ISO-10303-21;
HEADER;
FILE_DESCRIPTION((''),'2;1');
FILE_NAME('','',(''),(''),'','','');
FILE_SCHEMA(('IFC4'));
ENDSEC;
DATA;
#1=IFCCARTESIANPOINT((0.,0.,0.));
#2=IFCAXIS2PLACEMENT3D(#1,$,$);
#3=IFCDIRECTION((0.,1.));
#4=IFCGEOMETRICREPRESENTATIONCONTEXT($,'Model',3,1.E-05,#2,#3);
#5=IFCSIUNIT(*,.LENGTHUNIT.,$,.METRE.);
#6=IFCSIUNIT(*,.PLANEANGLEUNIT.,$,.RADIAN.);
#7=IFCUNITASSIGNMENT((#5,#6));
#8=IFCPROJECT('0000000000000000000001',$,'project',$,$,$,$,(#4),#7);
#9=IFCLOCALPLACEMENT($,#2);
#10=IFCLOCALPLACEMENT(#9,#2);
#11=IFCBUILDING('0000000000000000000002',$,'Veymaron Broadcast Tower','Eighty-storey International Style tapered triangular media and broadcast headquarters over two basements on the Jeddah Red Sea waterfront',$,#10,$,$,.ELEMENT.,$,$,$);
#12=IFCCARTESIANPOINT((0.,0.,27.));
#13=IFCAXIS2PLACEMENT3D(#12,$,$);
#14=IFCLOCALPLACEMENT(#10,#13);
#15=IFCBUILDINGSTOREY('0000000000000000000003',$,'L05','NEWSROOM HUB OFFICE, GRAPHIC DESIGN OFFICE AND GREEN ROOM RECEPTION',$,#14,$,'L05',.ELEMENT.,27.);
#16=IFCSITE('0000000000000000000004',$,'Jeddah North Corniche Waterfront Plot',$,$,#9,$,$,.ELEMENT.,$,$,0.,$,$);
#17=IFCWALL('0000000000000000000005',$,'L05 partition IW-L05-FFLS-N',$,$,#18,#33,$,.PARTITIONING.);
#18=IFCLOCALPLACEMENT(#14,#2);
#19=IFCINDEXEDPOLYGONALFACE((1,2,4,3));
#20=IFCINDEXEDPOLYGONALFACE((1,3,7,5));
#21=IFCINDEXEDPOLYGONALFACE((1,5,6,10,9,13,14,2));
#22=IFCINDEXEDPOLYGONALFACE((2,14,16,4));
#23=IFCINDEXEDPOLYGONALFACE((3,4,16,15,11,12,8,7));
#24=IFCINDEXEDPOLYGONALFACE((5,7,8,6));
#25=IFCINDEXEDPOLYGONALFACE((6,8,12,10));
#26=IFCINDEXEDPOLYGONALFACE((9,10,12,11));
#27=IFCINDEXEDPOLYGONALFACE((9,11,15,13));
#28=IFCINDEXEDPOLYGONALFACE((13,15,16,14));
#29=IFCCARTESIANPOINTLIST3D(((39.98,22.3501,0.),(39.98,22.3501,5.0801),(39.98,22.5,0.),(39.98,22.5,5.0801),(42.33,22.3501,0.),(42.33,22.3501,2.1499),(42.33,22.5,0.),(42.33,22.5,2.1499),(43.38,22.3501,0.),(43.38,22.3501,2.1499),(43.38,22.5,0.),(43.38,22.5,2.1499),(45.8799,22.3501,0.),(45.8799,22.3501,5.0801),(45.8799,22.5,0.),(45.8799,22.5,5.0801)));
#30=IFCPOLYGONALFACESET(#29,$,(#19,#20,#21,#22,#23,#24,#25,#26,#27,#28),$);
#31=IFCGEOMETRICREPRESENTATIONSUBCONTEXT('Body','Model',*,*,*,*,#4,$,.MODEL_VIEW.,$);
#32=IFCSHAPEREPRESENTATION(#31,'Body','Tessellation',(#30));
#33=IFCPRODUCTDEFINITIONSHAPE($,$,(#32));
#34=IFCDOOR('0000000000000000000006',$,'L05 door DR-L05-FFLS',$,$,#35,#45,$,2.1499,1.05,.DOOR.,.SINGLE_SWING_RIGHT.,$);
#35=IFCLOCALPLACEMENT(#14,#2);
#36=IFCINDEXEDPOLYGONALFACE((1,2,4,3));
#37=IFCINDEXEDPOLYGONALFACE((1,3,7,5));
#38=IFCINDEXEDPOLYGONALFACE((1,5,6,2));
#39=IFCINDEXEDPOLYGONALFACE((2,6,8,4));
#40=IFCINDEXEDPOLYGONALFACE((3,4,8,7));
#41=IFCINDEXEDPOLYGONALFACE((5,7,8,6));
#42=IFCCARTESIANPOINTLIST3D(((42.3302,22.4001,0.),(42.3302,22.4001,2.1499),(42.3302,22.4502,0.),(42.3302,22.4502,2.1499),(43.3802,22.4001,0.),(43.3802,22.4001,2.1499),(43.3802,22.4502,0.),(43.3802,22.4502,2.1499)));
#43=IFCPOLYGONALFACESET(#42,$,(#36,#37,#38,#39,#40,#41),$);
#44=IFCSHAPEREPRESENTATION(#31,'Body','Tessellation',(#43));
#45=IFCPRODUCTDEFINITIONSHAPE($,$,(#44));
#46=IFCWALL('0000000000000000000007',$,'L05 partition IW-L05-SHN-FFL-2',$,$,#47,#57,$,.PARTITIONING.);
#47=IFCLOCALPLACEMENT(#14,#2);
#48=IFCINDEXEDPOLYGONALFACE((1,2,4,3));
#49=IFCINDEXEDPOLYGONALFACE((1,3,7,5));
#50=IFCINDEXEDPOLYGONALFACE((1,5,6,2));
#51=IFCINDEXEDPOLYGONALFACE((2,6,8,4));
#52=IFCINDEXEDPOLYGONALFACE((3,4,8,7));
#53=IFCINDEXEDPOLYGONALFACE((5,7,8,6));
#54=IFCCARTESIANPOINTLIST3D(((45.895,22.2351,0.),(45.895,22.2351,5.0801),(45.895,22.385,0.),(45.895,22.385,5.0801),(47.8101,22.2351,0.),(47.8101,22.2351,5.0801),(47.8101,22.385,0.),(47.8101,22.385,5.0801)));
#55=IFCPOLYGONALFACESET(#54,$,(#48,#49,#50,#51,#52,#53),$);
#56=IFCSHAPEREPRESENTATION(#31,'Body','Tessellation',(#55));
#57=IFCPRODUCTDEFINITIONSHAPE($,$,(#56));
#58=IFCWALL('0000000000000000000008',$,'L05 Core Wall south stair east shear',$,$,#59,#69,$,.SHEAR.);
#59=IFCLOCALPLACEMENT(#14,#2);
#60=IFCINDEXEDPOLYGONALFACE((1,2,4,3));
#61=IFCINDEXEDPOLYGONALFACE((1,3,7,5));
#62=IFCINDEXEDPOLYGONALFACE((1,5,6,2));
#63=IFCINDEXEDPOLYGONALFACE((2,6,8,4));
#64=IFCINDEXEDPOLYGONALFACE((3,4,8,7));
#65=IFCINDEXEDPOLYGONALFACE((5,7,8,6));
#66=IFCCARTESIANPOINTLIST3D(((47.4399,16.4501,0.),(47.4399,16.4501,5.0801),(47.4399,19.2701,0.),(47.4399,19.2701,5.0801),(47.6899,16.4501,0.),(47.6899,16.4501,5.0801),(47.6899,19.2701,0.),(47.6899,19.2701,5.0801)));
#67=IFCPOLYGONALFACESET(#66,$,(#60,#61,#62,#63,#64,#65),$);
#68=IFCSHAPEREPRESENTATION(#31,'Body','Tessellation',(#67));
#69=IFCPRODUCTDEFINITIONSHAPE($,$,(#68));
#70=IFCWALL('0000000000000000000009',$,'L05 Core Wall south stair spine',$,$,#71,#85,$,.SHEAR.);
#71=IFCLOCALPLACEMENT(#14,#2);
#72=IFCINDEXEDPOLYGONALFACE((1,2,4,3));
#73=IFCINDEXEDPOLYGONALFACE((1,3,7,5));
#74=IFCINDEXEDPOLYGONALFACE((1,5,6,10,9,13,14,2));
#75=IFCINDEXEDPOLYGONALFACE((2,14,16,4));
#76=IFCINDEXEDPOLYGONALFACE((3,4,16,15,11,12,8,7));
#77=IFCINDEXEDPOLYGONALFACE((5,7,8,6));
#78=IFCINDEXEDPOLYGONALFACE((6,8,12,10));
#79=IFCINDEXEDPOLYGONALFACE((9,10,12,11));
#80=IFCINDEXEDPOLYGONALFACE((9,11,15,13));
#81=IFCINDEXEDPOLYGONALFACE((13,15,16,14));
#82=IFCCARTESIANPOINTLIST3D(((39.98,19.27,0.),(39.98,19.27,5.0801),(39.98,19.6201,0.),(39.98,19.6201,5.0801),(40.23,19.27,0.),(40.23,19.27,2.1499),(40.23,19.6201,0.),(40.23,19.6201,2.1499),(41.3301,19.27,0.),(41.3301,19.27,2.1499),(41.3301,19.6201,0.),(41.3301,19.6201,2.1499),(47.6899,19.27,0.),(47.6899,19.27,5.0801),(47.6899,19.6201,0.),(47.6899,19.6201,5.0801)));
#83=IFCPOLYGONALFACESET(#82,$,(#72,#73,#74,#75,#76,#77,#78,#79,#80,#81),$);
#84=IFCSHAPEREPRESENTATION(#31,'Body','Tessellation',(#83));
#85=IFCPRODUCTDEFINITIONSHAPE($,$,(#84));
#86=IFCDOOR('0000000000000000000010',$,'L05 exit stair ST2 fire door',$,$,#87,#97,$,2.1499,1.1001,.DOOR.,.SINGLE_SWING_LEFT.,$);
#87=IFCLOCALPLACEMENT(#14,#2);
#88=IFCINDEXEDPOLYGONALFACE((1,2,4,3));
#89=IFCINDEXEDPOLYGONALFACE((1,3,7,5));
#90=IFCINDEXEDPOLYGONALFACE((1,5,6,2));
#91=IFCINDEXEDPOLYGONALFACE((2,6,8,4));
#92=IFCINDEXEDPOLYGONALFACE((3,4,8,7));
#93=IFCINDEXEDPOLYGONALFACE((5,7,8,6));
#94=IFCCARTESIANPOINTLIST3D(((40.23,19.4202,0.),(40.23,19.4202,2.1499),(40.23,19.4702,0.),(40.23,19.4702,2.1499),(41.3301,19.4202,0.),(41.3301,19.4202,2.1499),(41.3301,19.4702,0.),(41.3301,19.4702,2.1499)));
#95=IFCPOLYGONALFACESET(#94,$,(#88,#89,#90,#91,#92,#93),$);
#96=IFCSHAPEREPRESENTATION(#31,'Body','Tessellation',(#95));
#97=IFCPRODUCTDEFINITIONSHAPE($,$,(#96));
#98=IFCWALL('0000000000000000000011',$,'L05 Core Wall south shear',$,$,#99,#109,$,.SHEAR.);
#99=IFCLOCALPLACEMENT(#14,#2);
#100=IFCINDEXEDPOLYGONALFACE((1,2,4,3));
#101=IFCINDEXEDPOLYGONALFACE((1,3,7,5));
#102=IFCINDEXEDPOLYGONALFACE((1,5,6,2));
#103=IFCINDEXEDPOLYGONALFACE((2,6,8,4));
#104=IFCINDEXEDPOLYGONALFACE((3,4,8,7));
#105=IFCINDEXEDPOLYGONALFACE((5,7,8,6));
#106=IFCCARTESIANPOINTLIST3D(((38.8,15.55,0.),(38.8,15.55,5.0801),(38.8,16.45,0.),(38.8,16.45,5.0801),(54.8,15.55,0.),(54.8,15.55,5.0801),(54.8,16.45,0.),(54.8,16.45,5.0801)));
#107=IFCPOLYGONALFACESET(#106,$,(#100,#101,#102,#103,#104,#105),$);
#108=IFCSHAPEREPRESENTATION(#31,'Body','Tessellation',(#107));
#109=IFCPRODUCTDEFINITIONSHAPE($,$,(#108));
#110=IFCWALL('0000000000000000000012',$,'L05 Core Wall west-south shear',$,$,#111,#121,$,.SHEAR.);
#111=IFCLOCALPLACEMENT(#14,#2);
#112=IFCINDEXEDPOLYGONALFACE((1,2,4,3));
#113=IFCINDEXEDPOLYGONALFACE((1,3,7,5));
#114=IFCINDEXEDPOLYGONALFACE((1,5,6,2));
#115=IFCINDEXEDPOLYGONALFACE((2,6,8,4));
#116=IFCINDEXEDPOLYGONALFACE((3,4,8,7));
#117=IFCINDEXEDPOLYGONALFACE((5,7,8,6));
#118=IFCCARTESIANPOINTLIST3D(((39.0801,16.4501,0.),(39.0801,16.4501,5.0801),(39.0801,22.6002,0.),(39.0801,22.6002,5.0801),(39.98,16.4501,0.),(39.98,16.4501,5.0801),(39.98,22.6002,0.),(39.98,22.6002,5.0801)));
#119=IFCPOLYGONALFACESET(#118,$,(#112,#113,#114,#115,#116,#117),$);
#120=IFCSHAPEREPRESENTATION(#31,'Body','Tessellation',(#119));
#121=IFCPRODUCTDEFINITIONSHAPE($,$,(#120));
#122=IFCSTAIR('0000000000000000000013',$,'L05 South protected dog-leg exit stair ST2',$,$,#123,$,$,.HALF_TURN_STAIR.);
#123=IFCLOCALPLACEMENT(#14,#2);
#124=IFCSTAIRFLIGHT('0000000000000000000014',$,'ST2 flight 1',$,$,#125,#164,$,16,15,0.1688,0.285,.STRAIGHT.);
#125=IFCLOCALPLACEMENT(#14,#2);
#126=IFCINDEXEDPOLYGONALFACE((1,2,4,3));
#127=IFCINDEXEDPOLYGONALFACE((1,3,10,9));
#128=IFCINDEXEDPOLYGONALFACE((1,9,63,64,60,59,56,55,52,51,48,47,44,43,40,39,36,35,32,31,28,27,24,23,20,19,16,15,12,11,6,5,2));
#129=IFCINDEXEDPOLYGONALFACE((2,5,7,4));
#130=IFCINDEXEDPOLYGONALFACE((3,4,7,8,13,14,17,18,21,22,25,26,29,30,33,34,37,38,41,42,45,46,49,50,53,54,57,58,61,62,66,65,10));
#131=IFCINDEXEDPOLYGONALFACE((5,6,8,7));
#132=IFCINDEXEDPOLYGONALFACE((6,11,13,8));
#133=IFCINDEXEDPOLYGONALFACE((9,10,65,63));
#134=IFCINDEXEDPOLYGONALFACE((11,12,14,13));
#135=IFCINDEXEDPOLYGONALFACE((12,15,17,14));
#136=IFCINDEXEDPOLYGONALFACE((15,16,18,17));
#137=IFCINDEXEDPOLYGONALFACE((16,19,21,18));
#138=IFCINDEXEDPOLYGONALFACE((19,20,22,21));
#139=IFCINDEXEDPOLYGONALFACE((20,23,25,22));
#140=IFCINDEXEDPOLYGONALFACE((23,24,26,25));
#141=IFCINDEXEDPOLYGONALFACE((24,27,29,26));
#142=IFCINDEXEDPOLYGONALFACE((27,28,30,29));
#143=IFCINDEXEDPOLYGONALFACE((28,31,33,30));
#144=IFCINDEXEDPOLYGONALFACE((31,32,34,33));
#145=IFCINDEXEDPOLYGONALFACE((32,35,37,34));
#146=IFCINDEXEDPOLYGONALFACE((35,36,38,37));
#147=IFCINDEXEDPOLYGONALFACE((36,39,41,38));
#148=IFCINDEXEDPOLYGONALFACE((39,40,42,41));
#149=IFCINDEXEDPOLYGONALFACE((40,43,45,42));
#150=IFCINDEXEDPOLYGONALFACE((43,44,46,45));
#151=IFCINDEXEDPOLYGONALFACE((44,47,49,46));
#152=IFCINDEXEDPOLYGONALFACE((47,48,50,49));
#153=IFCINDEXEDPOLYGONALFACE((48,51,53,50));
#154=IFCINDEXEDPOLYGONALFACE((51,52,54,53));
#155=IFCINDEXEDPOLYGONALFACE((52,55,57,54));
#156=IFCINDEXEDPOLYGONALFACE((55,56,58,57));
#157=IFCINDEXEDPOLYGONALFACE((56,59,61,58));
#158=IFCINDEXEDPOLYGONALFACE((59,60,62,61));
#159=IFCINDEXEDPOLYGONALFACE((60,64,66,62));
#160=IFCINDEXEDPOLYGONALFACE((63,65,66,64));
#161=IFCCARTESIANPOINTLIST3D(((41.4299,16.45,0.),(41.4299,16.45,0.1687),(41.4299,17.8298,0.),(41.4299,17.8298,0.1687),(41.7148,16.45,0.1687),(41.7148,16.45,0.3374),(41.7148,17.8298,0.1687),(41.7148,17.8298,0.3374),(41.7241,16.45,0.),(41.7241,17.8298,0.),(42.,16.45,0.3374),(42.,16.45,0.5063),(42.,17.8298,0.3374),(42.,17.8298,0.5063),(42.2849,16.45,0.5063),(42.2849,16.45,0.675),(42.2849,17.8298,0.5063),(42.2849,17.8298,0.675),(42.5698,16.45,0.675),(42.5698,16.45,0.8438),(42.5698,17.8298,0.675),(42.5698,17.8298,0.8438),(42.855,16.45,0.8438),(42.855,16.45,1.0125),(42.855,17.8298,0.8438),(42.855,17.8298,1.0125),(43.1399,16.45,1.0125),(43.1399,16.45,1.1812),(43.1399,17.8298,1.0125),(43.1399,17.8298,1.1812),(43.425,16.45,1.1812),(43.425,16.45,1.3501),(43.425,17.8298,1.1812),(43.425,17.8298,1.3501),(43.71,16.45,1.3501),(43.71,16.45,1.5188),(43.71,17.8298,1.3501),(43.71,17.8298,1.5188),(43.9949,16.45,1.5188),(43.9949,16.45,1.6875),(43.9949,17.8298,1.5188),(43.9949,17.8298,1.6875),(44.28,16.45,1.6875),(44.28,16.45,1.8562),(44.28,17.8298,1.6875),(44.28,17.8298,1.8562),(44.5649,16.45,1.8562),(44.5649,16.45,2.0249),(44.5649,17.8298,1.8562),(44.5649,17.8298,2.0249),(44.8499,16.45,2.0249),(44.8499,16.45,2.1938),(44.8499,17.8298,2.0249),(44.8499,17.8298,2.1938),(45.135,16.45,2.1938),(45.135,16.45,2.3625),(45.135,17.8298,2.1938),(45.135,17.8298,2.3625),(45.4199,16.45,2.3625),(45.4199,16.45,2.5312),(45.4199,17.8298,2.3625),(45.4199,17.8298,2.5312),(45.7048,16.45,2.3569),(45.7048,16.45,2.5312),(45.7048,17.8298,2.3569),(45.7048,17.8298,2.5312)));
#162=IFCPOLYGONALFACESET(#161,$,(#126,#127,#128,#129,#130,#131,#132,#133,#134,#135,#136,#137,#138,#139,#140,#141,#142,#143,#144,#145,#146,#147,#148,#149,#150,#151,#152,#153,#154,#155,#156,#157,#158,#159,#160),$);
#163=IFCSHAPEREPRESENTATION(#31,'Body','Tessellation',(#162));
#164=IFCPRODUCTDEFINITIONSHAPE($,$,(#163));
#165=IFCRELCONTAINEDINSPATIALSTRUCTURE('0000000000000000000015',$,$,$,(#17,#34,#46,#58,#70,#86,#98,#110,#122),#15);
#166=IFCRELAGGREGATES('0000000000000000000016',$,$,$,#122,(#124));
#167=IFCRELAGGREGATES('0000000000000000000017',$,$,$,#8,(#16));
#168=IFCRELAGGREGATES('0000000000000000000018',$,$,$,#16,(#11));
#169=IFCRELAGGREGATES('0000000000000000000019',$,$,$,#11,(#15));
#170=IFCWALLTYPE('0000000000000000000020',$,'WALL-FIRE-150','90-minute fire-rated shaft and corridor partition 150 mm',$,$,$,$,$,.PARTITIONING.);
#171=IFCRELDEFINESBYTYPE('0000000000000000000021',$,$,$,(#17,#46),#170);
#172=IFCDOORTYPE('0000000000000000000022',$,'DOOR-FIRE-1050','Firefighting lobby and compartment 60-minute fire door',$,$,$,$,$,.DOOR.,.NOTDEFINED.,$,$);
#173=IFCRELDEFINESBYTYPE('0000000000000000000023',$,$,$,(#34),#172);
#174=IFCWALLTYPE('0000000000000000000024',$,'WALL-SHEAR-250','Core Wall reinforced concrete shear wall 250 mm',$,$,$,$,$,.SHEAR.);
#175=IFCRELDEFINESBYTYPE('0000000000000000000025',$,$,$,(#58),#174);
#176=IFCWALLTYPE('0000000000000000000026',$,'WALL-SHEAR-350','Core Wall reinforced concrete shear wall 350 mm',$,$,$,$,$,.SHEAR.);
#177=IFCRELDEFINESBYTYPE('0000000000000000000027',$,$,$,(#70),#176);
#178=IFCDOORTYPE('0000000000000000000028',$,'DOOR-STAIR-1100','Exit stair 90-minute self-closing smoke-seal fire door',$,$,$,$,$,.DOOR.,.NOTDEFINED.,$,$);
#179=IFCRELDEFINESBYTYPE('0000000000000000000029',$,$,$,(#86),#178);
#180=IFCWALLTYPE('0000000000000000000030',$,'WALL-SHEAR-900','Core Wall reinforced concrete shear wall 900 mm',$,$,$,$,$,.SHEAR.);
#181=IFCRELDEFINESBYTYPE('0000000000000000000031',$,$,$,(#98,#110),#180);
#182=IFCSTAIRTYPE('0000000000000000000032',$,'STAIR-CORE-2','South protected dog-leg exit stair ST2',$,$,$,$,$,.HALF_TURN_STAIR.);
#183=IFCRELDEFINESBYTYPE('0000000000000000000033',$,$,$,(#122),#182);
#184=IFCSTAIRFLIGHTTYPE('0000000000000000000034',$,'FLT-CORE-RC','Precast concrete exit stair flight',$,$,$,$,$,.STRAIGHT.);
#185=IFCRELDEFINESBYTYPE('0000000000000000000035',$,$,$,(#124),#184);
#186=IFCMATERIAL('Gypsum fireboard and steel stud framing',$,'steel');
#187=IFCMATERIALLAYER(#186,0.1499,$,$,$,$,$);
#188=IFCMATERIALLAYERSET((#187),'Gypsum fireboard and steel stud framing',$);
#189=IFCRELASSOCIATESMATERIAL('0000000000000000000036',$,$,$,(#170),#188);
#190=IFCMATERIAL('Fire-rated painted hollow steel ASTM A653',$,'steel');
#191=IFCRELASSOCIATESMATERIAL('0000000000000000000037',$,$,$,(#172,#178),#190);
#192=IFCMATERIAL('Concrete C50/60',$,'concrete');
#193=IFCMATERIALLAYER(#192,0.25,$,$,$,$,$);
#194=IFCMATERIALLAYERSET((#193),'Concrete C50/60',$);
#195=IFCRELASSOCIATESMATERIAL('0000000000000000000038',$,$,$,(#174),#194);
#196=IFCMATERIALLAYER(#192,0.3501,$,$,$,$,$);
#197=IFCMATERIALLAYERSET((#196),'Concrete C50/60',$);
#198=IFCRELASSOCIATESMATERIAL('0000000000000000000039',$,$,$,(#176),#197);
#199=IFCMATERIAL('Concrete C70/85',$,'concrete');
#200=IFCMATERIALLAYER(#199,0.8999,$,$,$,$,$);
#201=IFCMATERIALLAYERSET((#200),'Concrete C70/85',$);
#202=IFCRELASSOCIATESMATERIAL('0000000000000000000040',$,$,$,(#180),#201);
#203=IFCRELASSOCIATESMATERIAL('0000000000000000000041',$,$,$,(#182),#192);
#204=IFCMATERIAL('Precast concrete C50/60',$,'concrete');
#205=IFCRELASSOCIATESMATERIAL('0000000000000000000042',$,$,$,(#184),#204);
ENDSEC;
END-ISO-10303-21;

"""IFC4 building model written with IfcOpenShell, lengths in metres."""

from ifc_helpers import new_model, si_unit, direction, frame, frame_2d, origin, place, context, subcontext, project, spatial, polyline, rectangle, outline, extrude, material, layer, layer_set, type_object, element, fill, aggregate, save


model = new_model("IFC4")

# Units and contexts
model_context = context("Model", 3, precision=1e-05, world=origin(), true_north=direction((0.0, 1.0)))
body_context = subcontext(model_context, "Body", "Model", "MODEL_VIEW")
ifc_project = project(units=[si_unit("LENGTHUNIT", "METRE"), si_unit("PLANEANGLEUNIT", "RADIAN")], contexts=[model_context])

# Site, building, storey
site_placement = place(None, origin())
site = spatial("IfcSite", under=ifc_project, at=site_placement, Name="Jeddah North Corniche Waterfront Plot", CompositionType="ELEMENT", RefElevation=0.0)
building_placement = place(site_placement, origin())
building = spatial("IfcBuilding", under=site, at=building_placement, Name="Veymaron Broadcast Tower", Description="Eighty-storey International Style tapered triangular media and broadcast headquarters over two basements on the Jeddah Red Sea waterfront", CompositionType="ELEMENT")
storey_placement = place(building_placement, frame((0.0, 0.0, 27.0)))
storey = spatial("IfcBuildingStorey", under=building, at=storey_placement, Name="L05", Description="NEWSROOM HUB OFFICE, GRAPHIC DESIGN OFFICE AND GREEN ROOM RECEPTION", LongName="L05", CompositionType="ELEMENT", Elevation=27.0)

# Shared definitions
ifc_material_1 = material(Name="Concrete C50/60", Category="concrete")

# Shared definitions
ifc_material_2 = material(Name="Concrete C70/85", Category="concrete")

# Wall, opening, door
ifc_material_3 = material(Name="Gypsum fireboard and steel stud framing", Category="steel")
ifc_layer_1 = layer(ifc_material_3, 0.1499)
ifc_layer_set_1 = layer_set([ifc_layer_1], Name="Gypsum fireboard and steel stud framing")
wall_type_1 = type_object("IfcWallType", Name="WALL-FIRE-150", Description="90-minute fire-rated shaft and corridor partition 150 mm", PredefinedType="PARTITIONING", material=ifc_layer_set_1)
wall_1_placement = place(storey_placement, frame((39.98, 22.425, 0.0), z_axis=(0.0, 0.0, 1.0), x_axis=(1.0, 0.0, 0.0)))
wall_1 = element("IfcWall", 1, at=wall_1_placement, inside=storey, type_object=wall_type_1, Name="L05 partition IW-L05-FFLS-N", PredefinedType="PARTITIONING", context=body_context, shape_type="SweptSolid", body=[
    extrude(rectangle(XDim=5.8999, YDim=0.1499, at=frame_2d((2.95, 0.0))), origin(), (0.0, 0.0, 1.0), 5.0801),
])
opening_1_placement = place(wall_1_placement, frame((2.3501, 0.0, 0.0)))
opening_1 = element("IfcOpeningElement", 2, at=opening_1_placement, cuts=wall_1, PredefinedType="OPENING", context=body_context, shape_type="SweptSolid", body=[
    extrude(rectangle(XDim=1.05, YDim=2.1499, at=frame_2d((0.5249, 1.075))), frame((0.0, 0.085, 0.0), z_axis=(0.0, -1.0, 0.0), x_axis=(1.0, 0.0, 0.0)), (0.0, 0.0, 1.0), 0.1699),
])
ifc_material_4 = material(Name="Fire-rated painted hollow steel ASTM A653", Category="steel")
door_type_1 = type_object("IfcDoorType", Name="DOOR-FIRE-1050", Description="Firefighting lobby and compartment 60-minute fire door", OperationType="NOTDEFINED", PredefinedType="DOOR", material=ifc_material_4)
door_1_placement = place(opening_1_placement, frame((1.05, 0.0, 0.0), z_axis=(0.0, 0.0, 1.0), x_axis=(-1.0, 0.0, 0.0)))
door_1 = element("IfcDoor", 3, at=door_1_placement, inside=storey, type_object=door_type_1, Name="L05 door DR-L05-FFLS", OperationType="SINGLE_SWING_RIGHT", OverallHeight=2.1499, OverallWidth=1.05, PredefinedType="DOOR", context=body_context, shape_type="SweptSolid", body=[
    extrude(rectangle(XDim=1.05, YDim=2.1499, at=frame_2d((0.5249, 1.075))), frame((0.0, 0.0249, 0.0), z_axis=(0.0, -1.0, 0.0), x_axis=(1.0, 0.0, 0.0)), (0.0, 0.0, 1.0), 0.05),
])
fill(opening_1, door_1)

# Walls
wall_2_placement = place(storey_placement, frame((45.895, 22.3101, 0.0), z_axis=(0.0, 0.0, 1.0), x_axis=(1.0, 0.0, 0.0)))
element("IfcWall", 4, at=wall_2_placement, inside=storey, type_object=wall_type_1, Name="L05 partition IW-L05-SHN-FFL-2", PredefinedType="PARTITIONING", context=body_context, shape_type="SweptSolid", body=[
    extrude(rectangle(XDim=1.915, YDim=0.1499, at=frame_2d((0.9575, 0.0))), origin(), (0.0, 0.0, 1.0), 5.0801),
])
ifc_layer_2 = layer(ifc_material_1, 0.25)
ifc_layer_set_2 = layer_set([ifc_layer_2], Name="Concrete C50/60")
wall_type_2 = type_object("IfcWallType", Name="WALL-SHEAR-250", Description="Core Wall reinforced concrete shear wall 250 mm", PredefinedType="SHEAR", material=ifc_layer_set_2)
wall_3_placement = place(storey_placement, frame((47.5649, 16.45, 0.0), z_axis=(0.0, 0.0, 1.0), x_axis=(0.0, 1.0, 0.0)))
element("IfcWall", 5, at=wall_3_placement, inside=storey, type_object=wall_type_2, Name="L05 Core Wall south stair east shear", PredefinedType="SHEAR", context=body_context, shape_type="SweptSolid", body=[
    extrude(rectangle(XDim=2.8201, YDim=0.25, at=frame_2d((1.4102, 0.0))), origin(), (0.0, 0.0, 1.0), 5.0801),
])

# Wall, opening, door
ifc_layer_3 = layer(ifc_material_1, 0.3501)
ifc_layer_set_3 = layer_set([ifc_layer_3], Name="Concrete C50/60")
wall_type_3 = type_object("IfcWallType", Name="WALL-SHEAR-350", Description="Core Wall reinforced concrete shear wall 350 mm", PredefinedType="SHEAR", material=ifc_layer_set_3)
wall_4_placement = place(storey_placement, frame((39.98, 19.4451, 0.0), z_axis=(0.0, 0.0, 1.0), x_axis=(1.0, 0.0, 0.0)))
wall_4 = element("IfcWall", 6, at=wall_4_placement, inside=storey, type_object=wall_type_3, Name="L05 Core Wall south stair spine", PredefinedType="SHEAR", context=body_context, shape_type="SweptSolid", body=[
    extrude(rectangle(XDim=7.71, YDim=0.3501, at=frame_2d((3.855, 0.0))), origin(), (0.0, 0.0, 1.0), 5.0801),
])
opening_2_placement = place(wall_4_placement, frame((0.25, 0.0, 0.0)))
opening_2 = element("IfcOpeningElement", 7, at=opening_2_placement, cuts=wall_4, PredefinedType="OPENING", context=body_context, shape_type="SweptSolid", body=[
    extrude(rectangle(XDim=1.1001, YDim=2.1499, at=frame_2d((0.55, 1.075))), frame((0.0, 0.1851, 0.0), z_axis=(0.0, -1.0, 0.0), x_axis=(1.0, 0.0, 0.0)), (0.0, 0.0, 1.0), 0.3701),
])
door_type_2 = type_object("IfcDoorType", Name="DOOR-STAIR-1100", Description="Exit stair 90-minute self-closing smoke-seal fire door", OperationType="NOTDEFINED", PredefinedType="DOOR", material=ifc_material_4)
door_2_placement = place(opening_2_placement, frame((1.1001, 0.0, 0.0), z_axis=(0.0, 0.0, 1.0), x_axis=(-1.0, 0.0, 0.0)))
door_2 = element("IfcDoor", 8, at=door_2_placement, inside=storey, type_object=door_type_2, Name="L05 exit stair ST2 fire door", OperationType="SINGLE_SWING_LEFT", OverallHeight=2.1499, OverallWidth=1.1001, PredefinedType="DOOR", context=body_context, shape_type="SweptSolid", body=[
    extrude(rectangle(XDim=1.1001, YDim=2.1499, at=frame_2d((0.55, 1.075))), frame((0.0, 0.0249, 0.0), z_axis=(0.0, -1.0, 0.0), x_axis=(1.0, 0.0, 0.0)), (0.0, 0.0, 1.0), 0.05),
])
fill(opening_2, door_2)

# Walls
ifc_layer_4 = layer(ifc_material_2, 0.8999)
ifc_layer_set_4 = layer_set([ifc_layer_4], Name="Concrete C70/85")
wall_type_4 = type_object("IfcWallType", Name="WALL-SHEAR-900", Description="Core Wall reinforced concrete shear wall 900 mm", PredefinedType="SHEAR", material=ifc_layer_set_4)
wall_5_placement = place(storey_placement, frame((38.8, 16.0, 0.0), z_axis=(0.0, 0.0, 1.0), x_axis=(1.0, 0.0, 0.0)))
element("IfcWall", 9, at=wall_5_placement, inside=storey, type_object=wall_type_4, Name="L05 Core Wall south shear", PredefinedType="SHEAR", context=body_context, shape_type="SweptSolid", body=[
    extrude(rectangle(XDim=16.0, YDim=0.8999, at=frame_2d((8.0, 0.0))), origin(), (0.0, 0.0, 1.0), 5.0801),
])
wall_6_placement = place(storey_placement, frame((39.53, 16.45, 0.0), z_axis=(0.0, 0.0, 1.0), x_axis=(0.0, 1.0, 0.0)))
element("IfcWall", 10, at=wall_6_placement, inside=storey, type_object=wall_type_4, Name="L05 Core Wall west-south shear", PredefinedType="SHEAR", context=body_context, shape_type="SweptSolid", body=[
    extrude(rectangle(XDim=6.1501, YDim=0.8999, at=frame_2d((3.0752, 0.0))), origin(), (0.0, 0.0, 1.0), 5.0801),
])

# Stair, stair flight
stair_type = type_object("IfcStairType", Name="STAIR-CORE-2", Description="South protected dog-leg exit stair ST2", PredefinedType="HALF_TURN_STAIR", material=ifc_material_1)
stair_placement = place(storey_placement, origin())
stair = element("IfcStair", 11, at=stair_placement, inside=storey, type_object=stair_type, Name="L05 South protected dog-leg exit stair ST2", PredefinedType="HALF_TURN_STAIR")
ifc_material_5 = material(Name="Precast concrete C50/60", Category="concrete")
stair_flight_type = type_object("IfcStairFlightType", Name="FLT-CORE-RC", Description="Precast concrete exit stair flight", PredefinedType="STRAIGHT", material=ifc_material_5)
stair_flight_1_placement = place(storey_placement, frame((41.4299, 17.1399, 0.0), z_axis=(0.0, 0.0, 1.0), x_axis=(1.0, 0.0, 0.0)))
stair_flight_1 = element("IfcStairFlight", 12, at=stair_flight_1_placement, type_object=stair_flight_type, Name="ST2 flight 1", NumberOfRisers=16, NumberOfTreads=15, PredefinedType="STRAIGHT", RiserHeight=0.1688, TreadLength=0.285, context=body_context, shape_type="SweptSolid", body=[
    extrude(outline(polyline([(0.0, 0.0), (0.0, 0.1687), (0.2849, 0.1687), (0.2849, 0.3374), (0.5701, 0.3374), (0.5701, 0.5063), (0.855, 0.5063), (0.855, 0.675), (1.1399, 0.675), (1.1399, 0.8438), (1.425, 0.8438), (1.425, 1.0125), (1.71, 1.0125), (1.71, 1.1812), (1.9951, 1.1812), (1.9951, 1.3501), (2.28, 1.3501), (2.28, 1.5188), (2.5649, 1.5188), (2.5649, 1.6875), (2.8501, 1.6875), (2.8501, 1.8562), (3.135, 1.8562), (3.135, 2.0249), (3.4199, 2.0249), (3.4199, 2.1938), (3.7051, 2.1938), (3.7051, 2.3625), (3.99, 2.3625), (3.99, 2.5312), (4.2749, 2.5312), (4.2749, 2.7), (4.2749, 2.3569), (0.2942, 0.0), (0.0, 0.0)])), frame((0.0, 0.6899, 0.0), z_axis=(0.0, -1.0, 0.0), x_axis=(1.0, 0.0, 0.0)), (0.0, 0.0, 1.0), 1.3799),
])
aggregate(stair, [stair_flight_1])

save(model, "model.ifc")
